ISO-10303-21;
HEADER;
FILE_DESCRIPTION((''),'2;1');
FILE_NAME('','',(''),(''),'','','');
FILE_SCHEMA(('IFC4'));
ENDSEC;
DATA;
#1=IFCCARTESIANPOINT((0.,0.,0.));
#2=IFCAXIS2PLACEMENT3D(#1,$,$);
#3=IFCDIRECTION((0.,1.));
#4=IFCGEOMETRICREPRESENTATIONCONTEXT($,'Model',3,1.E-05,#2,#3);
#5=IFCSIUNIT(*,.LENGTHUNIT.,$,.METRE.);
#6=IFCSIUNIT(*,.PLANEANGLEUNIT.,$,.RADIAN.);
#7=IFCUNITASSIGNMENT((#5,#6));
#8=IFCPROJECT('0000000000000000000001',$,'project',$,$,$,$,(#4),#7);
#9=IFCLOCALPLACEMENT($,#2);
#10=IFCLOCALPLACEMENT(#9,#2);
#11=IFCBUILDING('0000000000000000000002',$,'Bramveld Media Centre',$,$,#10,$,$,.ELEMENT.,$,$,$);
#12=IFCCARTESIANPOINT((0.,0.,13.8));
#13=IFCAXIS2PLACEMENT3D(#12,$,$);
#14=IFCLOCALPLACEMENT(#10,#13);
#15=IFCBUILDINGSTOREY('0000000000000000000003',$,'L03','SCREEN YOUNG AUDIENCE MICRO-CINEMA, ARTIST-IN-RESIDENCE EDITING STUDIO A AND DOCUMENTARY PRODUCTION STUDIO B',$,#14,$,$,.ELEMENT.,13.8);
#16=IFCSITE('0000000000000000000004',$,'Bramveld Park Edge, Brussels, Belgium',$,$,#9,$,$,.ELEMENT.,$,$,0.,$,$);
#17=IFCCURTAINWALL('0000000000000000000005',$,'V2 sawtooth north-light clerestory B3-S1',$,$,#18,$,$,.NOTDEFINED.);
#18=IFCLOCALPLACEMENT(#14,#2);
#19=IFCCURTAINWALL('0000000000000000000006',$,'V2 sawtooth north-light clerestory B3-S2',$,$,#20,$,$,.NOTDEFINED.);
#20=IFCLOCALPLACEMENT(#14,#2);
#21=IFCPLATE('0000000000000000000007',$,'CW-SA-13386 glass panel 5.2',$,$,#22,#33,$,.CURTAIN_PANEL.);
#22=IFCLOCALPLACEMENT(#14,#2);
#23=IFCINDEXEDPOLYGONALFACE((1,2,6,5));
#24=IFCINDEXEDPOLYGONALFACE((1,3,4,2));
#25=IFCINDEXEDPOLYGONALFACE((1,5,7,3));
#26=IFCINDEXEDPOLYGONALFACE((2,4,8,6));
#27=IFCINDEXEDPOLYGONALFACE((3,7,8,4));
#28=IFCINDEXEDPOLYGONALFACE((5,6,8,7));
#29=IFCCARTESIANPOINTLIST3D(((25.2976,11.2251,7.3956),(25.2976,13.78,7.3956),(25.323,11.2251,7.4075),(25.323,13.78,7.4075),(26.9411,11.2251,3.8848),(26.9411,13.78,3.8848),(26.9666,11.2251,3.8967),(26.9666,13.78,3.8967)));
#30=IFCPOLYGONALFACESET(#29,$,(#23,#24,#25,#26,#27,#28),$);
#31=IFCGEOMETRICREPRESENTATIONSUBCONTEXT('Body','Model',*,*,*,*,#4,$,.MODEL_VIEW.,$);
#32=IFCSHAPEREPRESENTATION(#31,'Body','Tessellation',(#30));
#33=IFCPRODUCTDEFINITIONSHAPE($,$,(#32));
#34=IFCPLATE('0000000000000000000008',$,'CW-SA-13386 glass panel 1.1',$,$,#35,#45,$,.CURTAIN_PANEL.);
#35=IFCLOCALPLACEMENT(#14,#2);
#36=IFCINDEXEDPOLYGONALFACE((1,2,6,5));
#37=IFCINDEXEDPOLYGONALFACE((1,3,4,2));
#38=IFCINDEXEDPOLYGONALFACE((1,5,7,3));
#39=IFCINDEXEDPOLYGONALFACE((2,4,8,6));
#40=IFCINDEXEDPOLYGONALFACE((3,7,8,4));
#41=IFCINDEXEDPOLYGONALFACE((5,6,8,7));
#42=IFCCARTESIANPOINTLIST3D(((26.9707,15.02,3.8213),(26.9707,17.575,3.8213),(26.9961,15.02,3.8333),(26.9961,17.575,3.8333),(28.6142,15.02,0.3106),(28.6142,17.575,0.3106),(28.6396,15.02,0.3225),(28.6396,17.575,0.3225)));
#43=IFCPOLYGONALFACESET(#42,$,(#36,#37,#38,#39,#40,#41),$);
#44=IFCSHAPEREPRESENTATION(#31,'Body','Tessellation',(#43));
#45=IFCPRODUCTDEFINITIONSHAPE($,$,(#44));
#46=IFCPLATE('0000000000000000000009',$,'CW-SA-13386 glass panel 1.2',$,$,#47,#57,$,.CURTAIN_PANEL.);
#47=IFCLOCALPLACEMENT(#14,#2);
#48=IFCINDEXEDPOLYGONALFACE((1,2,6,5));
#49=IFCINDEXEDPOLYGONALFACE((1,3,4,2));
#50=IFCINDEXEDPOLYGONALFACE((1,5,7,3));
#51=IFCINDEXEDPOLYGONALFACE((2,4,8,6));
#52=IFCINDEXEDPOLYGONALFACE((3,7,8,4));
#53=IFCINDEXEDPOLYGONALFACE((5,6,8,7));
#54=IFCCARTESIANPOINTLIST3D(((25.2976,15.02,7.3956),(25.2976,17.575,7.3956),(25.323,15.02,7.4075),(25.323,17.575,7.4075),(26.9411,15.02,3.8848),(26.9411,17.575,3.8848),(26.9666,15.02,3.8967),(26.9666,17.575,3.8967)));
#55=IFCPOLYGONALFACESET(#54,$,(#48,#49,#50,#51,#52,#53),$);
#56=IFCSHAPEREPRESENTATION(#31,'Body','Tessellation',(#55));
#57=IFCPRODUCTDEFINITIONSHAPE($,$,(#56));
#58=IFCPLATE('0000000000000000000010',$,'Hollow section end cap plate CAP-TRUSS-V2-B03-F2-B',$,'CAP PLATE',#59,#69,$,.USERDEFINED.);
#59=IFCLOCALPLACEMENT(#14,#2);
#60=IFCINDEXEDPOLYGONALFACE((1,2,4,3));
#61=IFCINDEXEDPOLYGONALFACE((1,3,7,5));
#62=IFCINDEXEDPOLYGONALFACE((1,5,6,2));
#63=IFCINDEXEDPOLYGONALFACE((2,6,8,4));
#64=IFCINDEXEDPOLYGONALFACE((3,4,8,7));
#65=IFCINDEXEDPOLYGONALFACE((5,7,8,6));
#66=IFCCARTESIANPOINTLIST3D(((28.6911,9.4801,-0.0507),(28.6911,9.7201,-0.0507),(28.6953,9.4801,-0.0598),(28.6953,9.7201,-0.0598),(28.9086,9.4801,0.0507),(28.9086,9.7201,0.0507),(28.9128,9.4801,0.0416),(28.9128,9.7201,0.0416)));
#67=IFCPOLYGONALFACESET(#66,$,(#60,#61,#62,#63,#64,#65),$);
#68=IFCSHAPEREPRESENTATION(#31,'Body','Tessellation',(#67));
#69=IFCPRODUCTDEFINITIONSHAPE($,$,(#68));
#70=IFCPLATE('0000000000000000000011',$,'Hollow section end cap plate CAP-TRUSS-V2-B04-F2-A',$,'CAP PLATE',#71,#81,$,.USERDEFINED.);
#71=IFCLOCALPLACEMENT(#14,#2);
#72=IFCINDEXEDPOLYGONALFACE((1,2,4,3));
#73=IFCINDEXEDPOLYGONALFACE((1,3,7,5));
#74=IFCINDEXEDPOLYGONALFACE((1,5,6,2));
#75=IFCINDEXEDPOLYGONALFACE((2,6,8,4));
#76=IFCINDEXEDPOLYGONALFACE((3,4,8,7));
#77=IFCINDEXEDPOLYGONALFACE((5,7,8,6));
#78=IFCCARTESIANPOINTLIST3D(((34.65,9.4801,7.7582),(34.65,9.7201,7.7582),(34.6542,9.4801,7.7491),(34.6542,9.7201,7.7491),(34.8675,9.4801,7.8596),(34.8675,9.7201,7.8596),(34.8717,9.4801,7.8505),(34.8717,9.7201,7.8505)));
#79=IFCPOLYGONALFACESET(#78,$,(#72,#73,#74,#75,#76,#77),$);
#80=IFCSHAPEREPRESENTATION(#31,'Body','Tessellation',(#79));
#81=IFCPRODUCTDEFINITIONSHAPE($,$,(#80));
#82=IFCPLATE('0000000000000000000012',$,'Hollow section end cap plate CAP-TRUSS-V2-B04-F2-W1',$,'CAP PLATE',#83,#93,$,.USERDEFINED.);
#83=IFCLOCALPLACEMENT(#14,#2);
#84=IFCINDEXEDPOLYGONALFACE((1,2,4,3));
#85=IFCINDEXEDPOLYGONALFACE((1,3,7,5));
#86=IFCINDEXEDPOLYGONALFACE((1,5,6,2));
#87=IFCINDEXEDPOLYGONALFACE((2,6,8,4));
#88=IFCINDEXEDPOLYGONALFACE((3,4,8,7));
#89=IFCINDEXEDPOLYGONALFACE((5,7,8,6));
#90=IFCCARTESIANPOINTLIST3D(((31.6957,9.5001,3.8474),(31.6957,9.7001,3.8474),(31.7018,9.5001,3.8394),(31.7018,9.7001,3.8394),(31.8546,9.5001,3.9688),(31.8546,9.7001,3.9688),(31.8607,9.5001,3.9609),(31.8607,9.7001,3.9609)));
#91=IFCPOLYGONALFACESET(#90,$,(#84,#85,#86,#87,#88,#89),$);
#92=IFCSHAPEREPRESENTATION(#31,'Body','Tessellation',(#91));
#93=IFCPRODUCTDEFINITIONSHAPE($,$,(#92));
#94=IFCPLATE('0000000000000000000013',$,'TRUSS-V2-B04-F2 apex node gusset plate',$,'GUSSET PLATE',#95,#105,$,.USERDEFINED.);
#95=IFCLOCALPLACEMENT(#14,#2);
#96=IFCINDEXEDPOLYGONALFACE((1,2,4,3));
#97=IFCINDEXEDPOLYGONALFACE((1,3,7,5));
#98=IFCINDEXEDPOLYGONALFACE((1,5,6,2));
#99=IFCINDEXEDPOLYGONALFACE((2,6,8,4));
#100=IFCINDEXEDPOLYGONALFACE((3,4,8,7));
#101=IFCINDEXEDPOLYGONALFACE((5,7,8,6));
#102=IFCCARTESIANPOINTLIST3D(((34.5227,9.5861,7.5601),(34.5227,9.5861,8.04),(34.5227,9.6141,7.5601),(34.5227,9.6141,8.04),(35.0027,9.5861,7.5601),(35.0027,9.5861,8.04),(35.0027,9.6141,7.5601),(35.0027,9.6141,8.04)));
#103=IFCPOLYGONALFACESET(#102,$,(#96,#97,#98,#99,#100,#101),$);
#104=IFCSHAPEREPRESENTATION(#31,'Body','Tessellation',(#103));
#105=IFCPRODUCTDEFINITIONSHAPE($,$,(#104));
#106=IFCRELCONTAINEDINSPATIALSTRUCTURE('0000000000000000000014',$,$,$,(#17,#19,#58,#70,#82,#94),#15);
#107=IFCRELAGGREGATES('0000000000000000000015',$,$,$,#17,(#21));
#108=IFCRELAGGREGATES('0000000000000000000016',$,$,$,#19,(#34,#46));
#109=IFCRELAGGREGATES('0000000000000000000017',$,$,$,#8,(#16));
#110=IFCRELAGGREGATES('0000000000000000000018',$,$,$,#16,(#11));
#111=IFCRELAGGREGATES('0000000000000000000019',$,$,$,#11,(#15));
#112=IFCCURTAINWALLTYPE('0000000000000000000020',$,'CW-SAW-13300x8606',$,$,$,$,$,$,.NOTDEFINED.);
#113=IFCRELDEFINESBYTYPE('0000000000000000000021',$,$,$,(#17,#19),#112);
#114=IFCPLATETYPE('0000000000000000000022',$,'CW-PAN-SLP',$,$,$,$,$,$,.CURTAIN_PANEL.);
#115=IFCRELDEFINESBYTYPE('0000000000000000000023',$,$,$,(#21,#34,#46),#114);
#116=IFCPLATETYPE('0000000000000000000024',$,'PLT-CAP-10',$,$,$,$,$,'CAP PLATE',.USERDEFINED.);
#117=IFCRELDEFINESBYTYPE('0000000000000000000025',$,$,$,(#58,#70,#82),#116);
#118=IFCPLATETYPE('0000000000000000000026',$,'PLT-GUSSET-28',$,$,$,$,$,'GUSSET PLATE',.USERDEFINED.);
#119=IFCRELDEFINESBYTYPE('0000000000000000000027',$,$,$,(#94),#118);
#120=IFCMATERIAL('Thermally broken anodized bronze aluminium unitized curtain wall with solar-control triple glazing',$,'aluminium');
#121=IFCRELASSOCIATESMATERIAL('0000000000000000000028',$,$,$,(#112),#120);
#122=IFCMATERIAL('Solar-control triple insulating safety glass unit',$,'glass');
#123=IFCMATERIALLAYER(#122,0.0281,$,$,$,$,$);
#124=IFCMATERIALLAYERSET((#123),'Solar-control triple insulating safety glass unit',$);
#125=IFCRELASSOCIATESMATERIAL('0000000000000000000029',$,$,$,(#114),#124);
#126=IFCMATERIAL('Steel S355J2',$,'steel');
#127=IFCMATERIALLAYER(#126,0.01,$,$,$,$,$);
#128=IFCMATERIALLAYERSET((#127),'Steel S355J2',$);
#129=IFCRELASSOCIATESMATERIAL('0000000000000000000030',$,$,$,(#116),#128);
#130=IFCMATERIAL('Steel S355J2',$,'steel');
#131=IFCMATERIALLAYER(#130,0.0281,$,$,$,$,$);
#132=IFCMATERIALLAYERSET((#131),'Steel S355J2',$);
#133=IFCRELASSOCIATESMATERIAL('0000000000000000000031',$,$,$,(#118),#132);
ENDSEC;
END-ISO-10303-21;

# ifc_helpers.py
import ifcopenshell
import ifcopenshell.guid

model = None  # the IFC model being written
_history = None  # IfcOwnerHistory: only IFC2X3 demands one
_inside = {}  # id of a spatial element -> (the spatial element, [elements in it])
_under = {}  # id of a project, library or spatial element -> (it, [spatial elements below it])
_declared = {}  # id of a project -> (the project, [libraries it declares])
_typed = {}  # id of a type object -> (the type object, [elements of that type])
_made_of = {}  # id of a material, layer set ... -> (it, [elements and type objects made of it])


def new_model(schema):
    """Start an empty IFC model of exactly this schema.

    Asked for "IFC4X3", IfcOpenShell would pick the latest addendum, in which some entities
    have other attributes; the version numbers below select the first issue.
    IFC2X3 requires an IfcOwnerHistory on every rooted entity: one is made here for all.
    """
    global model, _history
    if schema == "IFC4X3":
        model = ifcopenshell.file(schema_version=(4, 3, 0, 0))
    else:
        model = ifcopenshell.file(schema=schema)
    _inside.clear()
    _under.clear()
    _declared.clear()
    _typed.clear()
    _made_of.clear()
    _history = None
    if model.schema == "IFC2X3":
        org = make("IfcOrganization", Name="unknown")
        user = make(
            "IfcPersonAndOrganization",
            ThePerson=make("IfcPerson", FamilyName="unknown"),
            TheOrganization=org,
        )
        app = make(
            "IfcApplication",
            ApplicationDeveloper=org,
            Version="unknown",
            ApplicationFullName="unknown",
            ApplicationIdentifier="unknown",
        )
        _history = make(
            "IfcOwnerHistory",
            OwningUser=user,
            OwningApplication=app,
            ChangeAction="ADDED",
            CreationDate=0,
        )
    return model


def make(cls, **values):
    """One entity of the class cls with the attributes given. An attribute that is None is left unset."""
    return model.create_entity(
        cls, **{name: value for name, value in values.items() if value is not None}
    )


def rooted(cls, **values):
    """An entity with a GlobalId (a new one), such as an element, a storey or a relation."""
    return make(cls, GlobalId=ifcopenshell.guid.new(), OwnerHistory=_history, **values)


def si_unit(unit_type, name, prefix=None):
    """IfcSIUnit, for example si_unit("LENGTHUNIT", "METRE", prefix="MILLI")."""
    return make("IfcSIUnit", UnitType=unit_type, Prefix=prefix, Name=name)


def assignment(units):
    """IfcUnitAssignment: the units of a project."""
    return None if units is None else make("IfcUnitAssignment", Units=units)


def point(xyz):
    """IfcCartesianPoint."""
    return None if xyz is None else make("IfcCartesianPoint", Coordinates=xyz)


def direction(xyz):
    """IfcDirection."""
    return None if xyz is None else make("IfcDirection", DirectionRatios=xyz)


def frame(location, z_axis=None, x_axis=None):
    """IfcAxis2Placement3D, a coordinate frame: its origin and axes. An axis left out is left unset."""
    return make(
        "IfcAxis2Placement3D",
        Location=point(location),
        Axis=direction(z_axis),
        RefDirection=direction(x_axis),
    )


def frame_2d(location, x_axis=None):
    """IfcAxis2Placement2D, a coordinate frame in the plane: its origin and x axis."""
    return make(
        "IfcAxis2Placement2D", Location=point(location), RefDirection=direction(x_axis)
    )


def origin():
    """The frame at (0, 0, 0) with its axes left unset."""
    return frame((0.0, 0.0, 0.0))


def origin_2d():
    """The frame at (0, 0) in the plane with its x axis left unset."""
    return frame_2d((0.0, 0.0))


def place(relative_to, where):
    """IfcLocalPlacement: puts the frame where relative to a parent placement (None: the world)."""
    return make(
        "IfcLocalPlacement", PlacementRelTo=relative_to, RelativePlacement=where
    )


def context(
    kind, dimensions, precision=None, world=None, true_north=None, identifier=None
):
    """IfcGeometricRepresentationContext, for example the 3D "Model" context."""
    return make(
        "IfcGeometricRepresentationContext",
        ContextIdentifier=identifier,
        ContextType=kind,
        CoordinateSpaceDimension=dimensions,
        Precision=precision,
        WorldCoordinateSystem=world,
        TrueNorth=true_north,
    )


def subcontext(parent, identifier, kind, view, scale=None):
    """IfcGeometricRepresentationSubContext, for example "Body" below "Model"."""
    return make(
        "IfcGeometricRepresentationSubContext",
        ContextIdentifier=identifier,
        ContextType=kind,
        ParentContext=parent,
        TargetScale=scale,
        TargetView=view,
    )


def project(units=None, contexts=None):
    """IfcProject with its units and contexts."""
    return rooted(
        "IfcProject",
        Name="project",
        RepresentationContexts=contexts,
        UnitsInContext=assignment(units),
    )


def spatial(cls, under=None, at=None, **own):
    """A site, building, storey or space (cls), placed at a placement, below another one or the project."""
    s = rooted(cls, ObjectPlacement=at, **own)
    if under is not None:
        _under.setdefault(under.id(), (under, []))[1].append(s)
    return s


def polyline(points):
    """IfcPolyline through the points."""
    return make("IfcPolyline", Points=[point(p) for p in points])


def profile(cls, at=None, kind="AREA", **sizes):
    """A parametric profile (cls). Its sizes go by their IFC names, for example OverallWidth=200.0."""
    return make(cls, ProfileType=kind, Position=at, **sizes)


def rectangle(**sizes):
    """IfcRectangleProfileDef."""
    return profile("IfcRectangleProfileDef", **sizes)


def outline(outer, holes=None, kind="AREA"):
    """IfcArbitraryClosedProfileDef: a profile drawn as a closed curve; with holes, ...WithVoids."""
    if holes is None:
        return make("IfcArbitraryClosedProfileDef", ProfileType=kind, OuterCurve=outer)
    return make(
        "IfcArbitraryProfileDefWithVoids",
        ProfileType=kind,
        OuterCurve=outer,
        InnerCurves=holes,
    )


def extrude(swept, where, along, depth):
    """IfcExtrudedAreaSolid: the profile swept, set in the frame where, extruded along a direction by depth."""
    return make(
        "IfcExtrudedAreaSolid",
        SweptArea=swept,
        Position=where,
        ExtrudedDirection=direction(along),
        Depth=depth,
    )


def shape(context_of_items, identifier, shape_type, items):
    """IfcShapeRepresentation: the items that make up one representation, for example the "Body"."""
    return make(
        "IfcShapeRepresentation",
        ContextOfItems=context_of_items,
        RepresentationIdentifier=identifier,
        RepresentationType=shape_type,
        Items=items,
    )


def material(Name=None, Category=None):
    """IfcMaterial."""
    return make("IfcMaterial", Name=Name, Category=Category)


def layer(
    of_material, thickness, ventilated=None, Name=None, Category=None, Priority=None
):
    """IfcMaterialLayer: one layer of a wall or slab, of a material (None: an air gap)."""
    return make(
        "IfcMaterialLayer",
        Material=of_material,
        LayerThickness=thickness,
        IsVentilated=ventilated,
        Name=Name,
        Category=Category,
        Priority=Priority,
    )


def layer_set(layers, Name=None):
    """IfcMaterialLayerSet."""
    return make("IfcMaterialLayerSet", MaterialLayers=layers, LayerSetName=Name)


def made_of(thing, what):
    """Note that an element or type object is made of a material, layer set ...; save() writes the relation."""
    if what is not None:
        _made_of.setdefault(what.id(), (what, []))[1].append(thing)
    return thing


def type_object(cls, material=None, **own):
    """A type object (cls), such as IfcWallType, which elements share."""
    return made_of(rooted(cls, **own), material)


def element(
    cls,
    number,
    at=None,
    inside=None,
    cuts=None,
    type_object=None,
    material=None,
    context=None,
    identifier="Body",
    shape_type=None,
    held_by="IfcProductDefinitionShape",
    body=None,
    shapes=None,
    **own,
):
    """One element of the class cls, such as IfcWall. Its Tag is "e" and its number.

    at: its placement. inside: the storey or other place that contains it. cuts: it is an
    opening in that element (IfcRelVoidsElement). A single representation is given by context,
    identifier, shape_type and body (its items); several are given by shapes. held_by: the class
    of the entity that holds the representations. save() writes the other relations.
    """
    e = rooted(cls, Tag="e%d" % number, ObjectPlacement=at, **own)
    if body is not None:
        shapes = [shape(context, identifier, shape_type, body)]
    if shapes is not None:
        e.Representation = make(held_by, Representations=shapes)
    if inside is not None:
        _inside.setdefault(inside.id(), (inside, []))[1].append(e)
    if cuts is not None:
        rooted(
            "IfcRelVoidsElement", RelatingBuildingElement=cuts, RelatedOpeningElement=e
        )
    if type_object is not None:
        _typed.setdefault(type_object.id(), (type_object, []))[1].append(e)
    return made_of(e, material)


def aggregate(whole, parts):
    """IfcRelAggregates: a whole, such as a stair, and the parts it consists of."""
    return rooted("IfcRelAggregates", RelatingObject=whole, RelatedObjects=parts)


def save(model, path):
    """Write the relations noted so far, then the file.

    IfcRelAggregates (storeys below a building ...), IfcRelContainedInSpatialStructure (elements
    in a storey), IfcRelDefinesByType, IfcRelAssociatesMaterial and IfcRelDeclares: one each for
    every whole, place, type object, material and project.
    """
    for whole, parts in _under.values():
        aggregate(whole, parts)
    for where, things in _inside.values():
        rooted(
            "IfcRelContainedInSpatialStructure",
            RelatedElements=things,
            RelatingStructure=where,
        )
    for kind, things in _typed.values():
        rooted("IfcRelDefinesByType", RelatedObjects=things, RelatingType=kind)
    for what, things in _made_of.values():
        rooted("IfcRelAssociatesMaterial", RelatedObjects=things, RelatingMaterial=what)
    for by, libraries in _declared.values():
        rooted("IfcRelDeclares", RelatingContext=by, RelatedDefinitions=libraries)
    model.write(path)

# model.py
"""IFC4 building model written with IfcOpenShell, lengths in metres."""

from ifc_helpers import new_model, si_unit, direction, frame, origin, origin_2d, place, context, subcontext, project, spatial, polyline, rectangle, outline, extrude, material, layer, layer_set, type_object, element, aggregate, save


model = new_model("IFC4")

# Units and contexts
model_context = context("Model", 3, precision=1e-05, world=origin(), true_north=direction((0.0, 1.0)))
body_context = subcontext(model_context, "Body", "Model", "MODEL_VIEW")
ifc_project = project(units=[si_unit("LENGTHUNIT", "METRE"), si_unit("PLANEANGLEUNIT", "RADIAN")], contexts=[model_context])

# Site, building, storey
site_placement = place(None, origin())
site = spatial("IfcSite", under=ifc_project, at=site_placement, Name="Bramveld Park Edge, Brussels, Belgium", CompositionType="ELEMENT", RefElevation=0.0)
building_placement = place(site_placement, origin())
building = spatial("IfcBuilding", under=site, at=building_placement, Name="Bramveld Media Centre", CompositionType="ELEMENT")
storey_placement = place(building_placement, frame((0.0, 0.0, 13.8)))
storey = spatial("IfcBuildingStorey", under=building, at=storey_placement, Name="L03", Description="SCREEN YOUNG AUDIENCE MICRO-CINEMA, ARTIST-IN-RESIDENCE EDITING STUDIO A AND DOCUMENTARY PRODUCTION STUDIO B", CompositionType="ELEMENT", Elevation=13.8)

# Curtain wall
ifc_material_1 = material(Name="Thermally broken anodized bronze aluminium unitized curtain wall with solar-control triple glazing", Category="aluminium")
curtain_wall_type = type_object("IfcCurtainWallType", Name="CW-SAW-13300x8606", PredefinedType="NOTDEFINED", material=ifc_material_1)
curtain_wall_1_placement = place(storey_placement, origin())
curtain_wall_1 = element("IfcCurtainWall", 1, at=curtain_wall_1_placement, inside=storey, type_object=curtain_wall_type, Name="V2 sawtooth north-light clerestory B3-S1", PredefinedType="NOTDEFINED")

# Curtain wall
curtain_wall_2_placement = place(storey_placement, origin())
curtain_wall_2 = element("IfcCurtainWall", 2, at=curtain_wall_2_placement, inside=storey, type_object=curtain_wall_type, Name="V2 sawtooth north-light clerestory B3-S2", PredefinedType="NOTDEFINED")

# Plates
ifc_material_2 = material(Name="Solar-control triple insulating safety glass unit", Category="glass")
ifc_layer_1 = layer(ifc_material_2, 0.0281)
ifc_layer_set_1 = layer_set([ifc_layer_1], Name="Solar-control triple insulating safety glass unit")
plate_type_1 = type_object("IfcPlateType", Name="CW-PAN-SLP", PredefinedType="CURTAIN_PANEL", material=ifc_layer_set_1)
plate_1_placement = place(storey_placement, frame((26.9666, 11.2251, 3.8967), z_axis=(0.905668, 0.0, 0.423988), x_axis=(0.0, 1.0, 0.0)))
plate_1 = element("IfcPlate", 3, at=plate_1_placement, type_object=plate_type_1, Name="CW-SA-13386 glass panel 5.2", PredefinedType="CURTAIN_PANEL", context=body_context, shape_type="SweptSolid", body=[
    extrude(outline(polyline([(0.0, 0.0), (2.5549, 0.0), (2.5549, 3.8764), (0.0, 3.8764), (0.0, 0.0)])), origin(), (0.0, 0.0, -1.0), 0.0281),
])
aggregate(curtain_wall_1, [plate_1])
plate_2_placement = place(storey_placement, frame((28.6396, 15.02, 0.3225), z_axis=(0.905668, 0.0, 0.423988), x_axis=(0.0, 1.0, 0.0)))
plate_2 = element("IfcPlate", 4, at=plate_2_placement, type_object=plate_type_1, Name="CW-SA-13386 glass panel 1.1", PredefinedType="CURTAIN_PANEL", context=body_context, shape_type="SweptSolid", body=[
    extrude(outline(polyline([(0.0, 0.0), (2.5549, 0.0), (2.5549, 3.8764), (0.0, 3.8764), (0.0, 0.0)])), origin(), (0.0, 0.0, -1.0), 0.0281),
])
plate_3_placement = place(storey_placement, frame((26.9666, 15.02, 3.8967), z_axis=(0.905668, 0.0, 0.423988), x_axis=(0.0, 1.0, 0.0)))
plate_3 = element("IfcPlate", 5, at=plate_3_placement, type_object=plate_type_1, Name="CW-SA-13386 glass panel 1.2", PredefinedType="CURTAIN_PANEL", context=body_context, shape_type="SweptSolid", body=[
    extrude(outline(polyline([(0.0, 0.0), (2.5549, 0.0), (2.5549, 3.8764), (0.0, 3.8764), (0.0, 0.0)])), origin(), (0.0, 0.0, -1.0), 0.0281),
])
aggregate(curtain_wall_2, [plate_2, plate_3])

# Plates
ifc_material_3 = material(Name="Steel S355J2", Category="steel")
ifc_layer_2 = layer(ifc_material_3, 0.01)
ifc_layer_set_2 = layer_set([ifc_layer_2], Name="Steel S355J2")
plate_type_2 = type_object("IfcPlateType", Name="PLT-CAP-10", ElementType="CAP PLATE", PredefinedType="USERDEFINED", material=ifc_layer_set_2)
for number, where, z_axis, x_axis, name in (
    (6, (28.7998, 9.6001, 0.0), (0.422618, 0.0, -0.906308), (0.0, 1.0, 0.0), "Hollow section end cap plate CAP-TRUSS-V2-B03-F2-B"),
    (7, (34.7629, 9.6001, 7.7998), (-0.422618, 0.0, 0.906308), (0.0, -1.0, 0.0), "Hollow section end cap plate CAP-TRUSS-V2-B04-F2-A"),
):
    element("IfcPlate", number, at=place(storey_placement, frame(where, z_axis=z_axis, x_axis=x_axis)), inside=storey, type_object=plate_type_2, Name=name, ObjectType="CAP PLATE", PredefinedType="USERDEFINED", context=body_context, shape_type="SweptSolid", body=[
        extrude(rectangle(XDim=0.24, YDim=0.24, at=origin_2d()), origin(), (0.0, 0.0, 1.0), 0.01),
    ])
plate_4_placement = place(storey_placement, frame((31.7812, 9.6001, 3.9001), z_axis=(-0.607328, 0.0, 0.794451), x_axis=(0.0, -1.0, 0.0)))
element("IfcPlate", 8, at=plate_4_placement, inside=storey, type_object=plate_type_2, Name="Hollow section end cap plate CAP-TRUSS-V2-B04-F2-W1", ObjectType="CAP PLATE", PredefinedType="USERDEFINED", context=body_context, shape_type="SweptSolid", body=[
    extrude(rectangle(XDim=0.2, YDim=0.2, at=origin_2d()), origin(), (0.0, 0.0, 1.0), 0.01),
])
ifc_material_4 = material(Name="Steel S355J2", Category="steel")
ifc_layer_3 = layer(ifc_material_4, 0.0281)
ifc_layer_set_3 = layer_set([ifc_layer_3], Name="Steel S355J2")
plate_type_3 = type_object("IfcPlateType", Name="PLT-GUSSET-28", ElementType="GUSSET PLATE", PredefinedType="USERDEFINED", material=ifc_layer_set_3)
plate_5_placement = place(storey_placement, frame((34.7627, 9.6001, 7.5601), z_axis=(0.0, 0.0, 1.0), x_axis=(1.0, 0.0, 0.0)))
element("IfcPlate", 9, at=plate_5_placement, inside=storey, type_object=plate_type_3, Name="TRUSS-V2-B04-F2 apex node gusset plate", ObjectType="GUSSET PLATE", PredefinedType="USERDEFINED", context=body_context, shape_type="SweptSolid", body=[
    extrude(rectangle(XDim=0.48, YDim=0.0281, at=origin_2d()), origin(), (0.0, 0.0, 1.0), 0.48),
])

save(model, "model.ifc")
